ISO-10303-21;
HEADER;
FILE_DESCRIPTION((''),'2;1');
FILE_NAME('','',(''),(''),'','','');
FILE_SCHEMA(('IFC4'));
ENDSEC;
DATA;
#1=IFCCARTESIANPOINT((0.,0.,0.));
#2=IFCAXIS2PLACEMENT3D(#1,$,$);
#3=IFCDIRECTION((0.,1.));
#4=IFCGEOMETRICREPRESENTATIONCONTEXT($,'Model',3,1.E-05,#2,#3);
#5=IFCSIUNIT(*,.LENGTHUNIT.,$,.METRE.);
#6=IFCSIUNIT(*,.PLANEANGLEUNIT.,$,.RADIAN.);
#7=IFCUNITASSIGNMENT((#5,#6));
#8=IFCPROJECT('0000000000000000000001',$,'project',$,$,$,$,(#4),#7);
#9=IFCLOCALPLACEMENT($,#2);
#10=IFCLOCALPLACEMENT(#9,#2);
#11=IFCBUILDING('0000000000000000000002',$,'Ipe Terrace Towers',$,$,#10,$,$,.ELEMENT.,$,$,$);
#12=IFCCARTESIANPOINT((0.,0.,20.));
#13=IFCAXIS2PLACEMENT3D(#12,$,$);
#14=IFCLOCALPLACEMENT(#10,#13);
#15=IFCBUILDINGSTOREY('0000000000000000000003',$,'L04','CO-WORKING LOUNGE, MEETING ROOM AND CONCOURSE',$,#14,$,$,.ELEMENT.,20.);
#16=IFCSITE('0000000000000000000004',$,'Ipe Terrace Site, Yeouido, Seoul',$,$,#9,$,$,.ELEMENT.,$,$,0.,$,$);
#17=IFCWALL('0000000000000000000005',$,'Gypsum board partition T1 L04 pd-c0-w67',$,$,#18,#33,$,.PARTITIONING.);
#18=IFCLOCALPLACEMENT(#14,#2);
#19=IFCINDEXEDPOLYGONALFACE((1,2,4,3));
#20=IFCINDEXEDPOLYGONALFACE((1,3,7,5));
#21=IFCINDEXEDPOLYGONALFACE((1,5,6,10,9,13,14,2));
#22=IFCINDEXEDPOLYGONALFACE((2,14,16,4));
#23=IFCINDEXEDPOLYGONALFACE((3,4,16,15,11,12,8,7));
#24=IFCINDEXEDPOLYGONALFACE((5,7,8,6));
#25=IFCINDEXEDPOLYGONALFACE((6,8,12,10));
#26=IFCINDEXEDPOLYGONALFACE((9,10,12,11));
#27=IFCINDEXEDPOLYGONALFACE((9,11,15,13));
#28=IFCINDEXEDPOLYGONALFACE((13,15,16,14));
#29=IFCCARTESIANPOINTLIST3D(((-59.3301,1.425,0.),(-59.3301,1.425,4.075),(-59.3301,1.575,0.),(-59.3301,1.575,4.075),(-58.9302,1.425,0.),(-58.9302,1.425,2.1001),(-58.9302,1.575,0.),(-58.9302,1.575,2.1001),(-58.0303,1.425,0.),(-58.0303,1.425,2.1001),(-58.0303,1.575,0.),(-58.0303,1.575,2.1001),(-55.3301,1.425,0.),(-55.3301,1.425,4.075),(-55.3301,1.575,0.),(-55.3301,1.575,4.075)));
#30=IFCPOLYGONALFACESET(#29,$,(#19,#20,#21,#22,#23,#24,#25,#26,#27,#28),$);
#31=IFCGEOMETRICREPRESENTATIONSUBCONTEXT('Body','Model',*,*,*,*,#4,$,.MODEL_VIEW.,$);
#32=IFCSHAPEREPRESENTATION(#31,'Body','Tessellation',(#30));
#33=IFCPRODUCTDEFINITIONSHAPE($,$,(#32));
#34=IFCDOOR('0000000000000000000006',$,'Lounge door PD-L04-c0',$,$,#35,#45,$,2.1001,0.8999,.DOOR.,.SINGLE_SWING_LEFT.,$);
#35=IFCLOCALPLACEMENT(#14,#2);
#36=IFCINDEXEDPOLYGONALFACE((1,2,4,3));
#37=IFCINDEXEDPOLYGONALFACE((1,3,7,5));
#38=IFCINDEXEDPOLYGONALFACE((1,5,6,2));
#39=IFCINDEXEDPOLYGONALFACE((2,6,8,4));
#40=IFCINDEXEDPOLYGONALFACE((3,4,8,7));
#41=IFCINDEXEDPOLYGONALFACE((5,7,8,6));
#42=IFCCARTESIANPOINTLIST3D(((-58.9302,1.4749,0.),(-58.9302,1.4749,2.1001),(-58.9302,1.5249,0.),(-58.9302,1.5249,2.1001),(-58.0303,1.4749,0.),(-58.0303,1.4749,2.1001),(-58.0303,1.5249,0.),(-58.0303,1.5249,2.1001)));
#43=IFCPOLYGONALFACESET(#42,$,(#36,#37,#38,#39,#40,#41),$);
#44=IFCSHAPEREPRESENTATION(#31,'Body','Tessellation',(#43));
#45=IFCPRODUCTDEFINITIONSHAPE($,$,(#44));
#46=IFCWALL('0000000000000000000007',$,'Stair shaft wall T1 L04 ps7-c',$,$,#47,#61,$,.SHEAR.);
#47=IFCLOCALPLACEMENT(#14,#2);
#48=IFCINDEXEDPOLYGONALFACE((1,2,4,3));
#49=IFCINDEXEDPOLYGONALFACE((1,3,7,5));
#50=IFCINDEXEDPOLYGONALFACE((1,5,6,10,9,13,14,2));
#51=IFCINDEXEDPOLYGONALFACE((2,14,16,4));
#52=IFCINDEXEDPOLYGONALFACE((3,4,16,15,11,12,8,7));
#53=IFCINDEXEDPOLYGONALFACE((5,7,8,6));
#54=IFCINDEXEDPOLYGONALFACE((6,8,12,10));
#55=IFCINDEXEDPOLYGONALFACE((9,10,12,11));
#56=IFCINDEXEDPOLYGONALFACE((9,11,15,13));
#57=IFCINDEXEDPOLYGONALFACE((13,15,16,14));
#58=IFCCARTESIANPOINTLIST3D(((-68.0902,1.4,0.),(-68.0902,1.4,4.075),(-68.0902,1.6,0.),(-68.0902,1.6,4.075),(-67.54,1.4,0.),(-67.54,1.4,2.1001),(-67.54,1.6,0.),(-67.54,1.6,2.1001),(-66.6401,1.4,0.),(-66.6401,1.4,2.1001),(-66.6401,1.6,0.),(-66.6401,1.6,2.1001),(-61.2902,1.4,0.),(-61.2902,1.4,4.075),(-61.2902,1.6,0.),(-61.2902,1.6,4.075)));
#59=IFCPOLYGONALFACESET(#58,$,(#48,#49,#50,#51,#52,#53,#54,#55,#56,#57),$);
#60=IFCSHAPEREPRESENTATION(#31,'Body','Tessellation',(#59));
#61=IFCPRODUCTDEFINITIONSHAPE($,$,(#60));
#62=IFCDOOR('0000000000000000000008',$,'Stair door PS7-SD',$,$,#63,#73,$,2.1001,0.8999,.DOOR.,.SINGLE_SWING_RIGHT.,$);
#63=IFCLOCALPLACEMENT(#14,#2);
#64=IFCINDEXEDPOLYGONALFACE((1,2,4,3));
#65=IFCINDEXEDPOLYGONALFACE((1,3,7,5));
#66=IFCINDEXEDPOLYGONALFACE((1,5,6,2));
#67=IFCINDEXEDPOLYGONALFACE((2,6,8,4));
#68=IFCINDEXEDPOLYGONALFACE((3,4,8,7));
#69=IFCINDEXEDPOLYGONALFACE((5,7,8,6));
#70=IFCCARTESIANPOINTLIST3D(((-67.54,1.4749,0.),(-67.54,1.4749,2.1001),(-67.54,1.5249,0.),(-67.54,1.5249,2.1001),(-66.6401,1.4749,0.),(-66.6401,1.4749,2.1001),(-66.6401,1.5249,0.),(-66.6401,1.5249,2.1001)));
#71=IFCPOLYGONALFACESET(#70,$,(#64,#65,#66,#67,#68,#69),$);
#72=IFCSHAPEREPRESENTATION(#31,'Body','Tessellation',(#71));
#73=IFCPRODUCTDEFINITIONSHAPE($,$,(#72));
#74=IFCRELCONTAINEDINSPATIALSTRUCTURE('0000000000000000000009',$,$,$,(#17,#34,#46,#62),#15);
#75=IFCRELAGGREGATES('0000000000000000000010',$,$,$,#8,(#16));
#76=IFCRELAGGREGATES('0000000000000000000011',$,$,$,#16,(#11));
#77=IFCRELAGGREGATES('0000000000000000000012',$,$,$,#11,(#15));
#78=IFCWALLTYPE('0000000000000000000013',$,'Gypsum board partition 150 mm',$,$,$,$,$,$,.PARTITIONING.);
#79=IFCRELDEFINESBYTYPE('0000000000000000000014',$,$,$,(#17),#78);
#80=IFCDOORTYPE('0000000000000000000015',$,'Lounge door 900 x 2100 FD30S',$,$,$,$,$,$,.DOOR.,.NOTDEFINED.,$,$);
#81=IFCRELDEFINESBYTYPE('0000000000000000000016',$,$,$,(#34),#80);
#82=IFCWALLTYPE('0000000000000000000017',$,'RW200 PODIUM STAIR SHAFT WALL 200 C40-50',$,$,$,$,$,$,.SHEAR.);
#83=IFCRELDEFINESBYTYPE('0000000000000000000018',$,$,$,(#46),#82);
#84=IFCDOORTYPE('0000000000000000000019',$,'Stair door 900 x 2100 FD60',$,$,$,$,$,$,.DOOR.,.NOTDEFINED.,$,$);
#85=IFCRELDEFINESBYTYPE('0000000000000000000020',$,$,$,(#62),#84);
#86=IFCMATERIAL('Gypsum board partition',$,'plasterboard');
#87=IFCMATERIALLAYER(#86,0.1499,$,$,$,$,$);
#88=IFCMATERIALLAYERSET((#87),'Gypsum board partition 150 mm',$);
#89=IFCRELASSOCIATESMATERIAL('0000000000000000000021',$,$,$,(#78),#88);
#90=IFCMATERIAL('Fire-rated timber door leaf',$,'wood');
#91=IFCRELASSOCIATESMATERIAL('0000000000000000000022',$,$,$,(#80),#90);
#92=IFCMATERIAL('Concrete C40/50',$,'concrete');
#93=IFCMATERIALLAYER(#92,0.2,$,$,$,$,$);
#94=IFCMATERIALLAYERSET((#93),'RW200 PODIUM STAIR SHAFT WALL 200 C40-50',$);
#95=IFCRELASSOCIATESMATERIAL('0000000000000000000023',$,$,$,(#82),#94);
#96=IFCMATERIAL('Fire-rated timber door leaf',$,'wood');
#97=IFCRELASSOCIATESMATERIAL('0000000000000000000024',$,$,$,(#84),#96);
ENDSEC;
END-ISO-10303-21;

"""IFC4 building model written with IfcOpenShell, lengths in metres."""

from ifc_helpers import new_model, si_unit, direction, frame, frame_2d, origin, place, context, subcontext, project, spatial, rectangle, extrude, material, layer, layer_set, type_object, element, fill, save


model = new_model("IFC4")

# Units and contexts
model_context = context("Model", 3, precision=1e-05, world=origin(), true_north=direction((0.0, 1.0)))
body_context = subcontext(model_context, "Body", "Model", "MODEL_VIEW")
ifc_project = project(units=[si_unit("LENGTHUNIT", "METRE"), si_unit("PLANEANGLEUNIT", "RADIAN")], contexts=[model_context])

# Site, building, storey
site_placement = place(None, origin())
site = spatial("IfcSite", under=ifc_project, at=site_placement, Name="Ipe Terrace Site, Yeouido, Seoul", CompositionType="ELEMENT", RefElevation=0.0)
building_placement = place(site_placement, origin())
building = spatial("IfcBuilding", under=site, at=building_placement, Name="Ipe Terrace Towers", CompositionType="ELEMENT")
storey_placement = place(building_placement, frame((0.0, 0.0, 20.0)))
storey = spatial("IfcBuildingStorey", under=building, at=storey_placement, Name="L04", Description="CO-WORKING LOUNGE, MEETING ROOM AND CONCOURSE", CompositionType="ELEMENT", Elevation=20.0)

# Shared definitions
ifc_material_1 = material(Name="Gypsum board partition", Category="plasterboard")
ifc_layer_1 = layer(ifc_material_1, 0.1499)
ifc_layer_set_1 = layer_set([ifc_layer_1], Name="Gypsum board partition 150 mm")
wall_type_1 = type_object("IfcWallType", Name="Gypsum board partition 150 mm", PredefinedType="PARTITIONING", material=ifc_layer_set_1)

# Walls, openings, doors
wall_1_placement = place(storey_placement, frame((-59.3301, 1.5, 0.0), z_axis=(0.0, 0.0, 1.0), x_axis=(1.0, 0.0, 0.0)))
wall_1 = element("IfcWall", 1, at=wall_1_placement, inside=storey, type_object=wall_type_1, Name="Gypsum board partition T1 L04 pd-c0-w67", PredefinedType="PARTITIONING", context=body_context, shape_type="SweptSolid", body=[
    extrude(rectangle(XDim=4.0, YDim=0.1499, at=frame_2d((2.0, 0.0))), origin(), (0.0, 0.0, 1.0), 4.075),
])
opening_1_placement = place(wall_1_placement, frame((0.3999, 0.0, 0.0)))
opening_1 = element("IfcOpeningElement", 2, at=opening_1_placement, cuts=wall_1, PredefinedType="OPENING", context=body_context, shape_type="SweptSolid", body=[
    extrude(rectangle(XDim=0.8999, YDim=2.1001, at=frame_2d((0.45, 1.05))), frame((0.0, 0.085, 0.0), z_axis=(0.0, -1.0, 0.0), x_axis=(1.0, 0.0, 0.0)), (0.0, 0.0, 1.0), 0.1699),
])
ifc_material_2 = material(Name="Fire-rated timber door leaf", Category="wood")
door_type_1 = type_object("IfcDoorType", Name="Lounge door 900 x 2100 FD30S", OperationType="NOTDEFINED", PredefinedType="DOOR", material=ifc_material_2)
door_1_placement = place(opening_1_placement, origin())
door_1 = element("IfcDoor", 3, at=door_1_placement, inside=storey, type_object=door_type_1, Name="Lounge door PD-L04-c0", OperationType="SINGLE_SWING_LEFT", OverallHeight=2.1001, OverallWidth=0.8999, PredefinedType="DOOR", context=body_context, shape_type="SweptSolid", body=[
    extrude(rectangle(XDim=0.8999, YDim=2.1001, at=frame_2d((0.45, 1.05))), frame((0.0, 0.0249, 0.0), z_axis=(0.0, -1.0, 0.0), x_axis=(1.0, 0.0, 0.0)), (0.0, 0.0, 1.0), 0.05),
])
fill(opening_1, door_1)
ifc_material_3 = material(Name="Concrete C40/50", Category="concrete")
ifc_layer_2 = layer(ifc_material_3, 0.2)
ifc_layer_set_2 = layer_set([ifc_layer_2], Name="RW200 PODIUM STAIR SHAFT WALL 200 C40-50")
wall_type_2 = type_object("IfcWallType", Name="RW200 PODIUM STAIR SHAFT WALL 200 C40-50", PredefinedType="SHEAR", material=ifc_layer_set_2)
wall_2_placement = place(storey_placement, frame((-68.0901, 1.5, 0.0), z_axis=(0.0, 0.0, 1.0), x_axis=(1.0, 0.0, 0.0)))
wall_2 = element("IfcWall", 4, at=wall_2_placement, inside=storey, type_object=wall_type_2, Name="Stair shaft wall T1 L04 ps7-c", PredefinedType="SHEAR", context=body_context, shape_type="SweptSolid", body=[
    extrude(rectangle(XDim=6.8, YDim=0.2, at=frame_2d((3.3999, 0.0))), origin(), (0.0, 0.0, 1.0), 4.075),
])
opening_2_placement = place(wall_2_placement, frame((0.55, 0.0, 0.0)))
opening_2 = element("IfcOpeningElement", 5, at=opening_2_placement, cuts=wall_2, PredefinedType="OPENING", context=body_context, shape_type="SweptSolid", body=[
    extrude(rectangle(XDim=0.8999, YDim=2.1001, at=frame_2d((0.45, 1.05))), frame((0.0, 0.1099, 0.0), z_axis=(0.0, -1.0, 0.0), x_axis=(1.0, 0.0, 0.0)), (0.0, 0.0, 1.0), 0.22),
])
ifc_material_4 = material(Name="Fire-rated timber door leaf", Category="wood")
door_type_2 = type_object("IfcDoorType", Name="Stair door 900 x 2100 FD60", OperationType="NOTDEFINED", PredefinedType="DOOR", material=ifc_material_4)
door_2_placement = place(opening_2_placement, origin())
door_2 = element("IfcDoor", 6, at=door_2_placement, inside=storey, type_object=door_type_2, Name="Stair door PS7-SD", OperationType="SINGLE_SWING_RIGHT", OverallHeight=2.1001, OverallWidth=0.8999, PredefinedType="DOOR", context=body_context, shape_type="SweptSolid", body=[
    extrude(rectangle(XDim=0.8999, YDim=2.1001, at=frame_2d((0.45, 1.05))), frame((0.0, 0.0249, 0.0), z_axis=(0.0, -1.0, 0.0), x_axis=(1.0, 0.0, 0.0)), (0.0, 0.0, 1.0), 0.05),
])
fill(opening_2, door_2)

save(model, "model.ifc")
